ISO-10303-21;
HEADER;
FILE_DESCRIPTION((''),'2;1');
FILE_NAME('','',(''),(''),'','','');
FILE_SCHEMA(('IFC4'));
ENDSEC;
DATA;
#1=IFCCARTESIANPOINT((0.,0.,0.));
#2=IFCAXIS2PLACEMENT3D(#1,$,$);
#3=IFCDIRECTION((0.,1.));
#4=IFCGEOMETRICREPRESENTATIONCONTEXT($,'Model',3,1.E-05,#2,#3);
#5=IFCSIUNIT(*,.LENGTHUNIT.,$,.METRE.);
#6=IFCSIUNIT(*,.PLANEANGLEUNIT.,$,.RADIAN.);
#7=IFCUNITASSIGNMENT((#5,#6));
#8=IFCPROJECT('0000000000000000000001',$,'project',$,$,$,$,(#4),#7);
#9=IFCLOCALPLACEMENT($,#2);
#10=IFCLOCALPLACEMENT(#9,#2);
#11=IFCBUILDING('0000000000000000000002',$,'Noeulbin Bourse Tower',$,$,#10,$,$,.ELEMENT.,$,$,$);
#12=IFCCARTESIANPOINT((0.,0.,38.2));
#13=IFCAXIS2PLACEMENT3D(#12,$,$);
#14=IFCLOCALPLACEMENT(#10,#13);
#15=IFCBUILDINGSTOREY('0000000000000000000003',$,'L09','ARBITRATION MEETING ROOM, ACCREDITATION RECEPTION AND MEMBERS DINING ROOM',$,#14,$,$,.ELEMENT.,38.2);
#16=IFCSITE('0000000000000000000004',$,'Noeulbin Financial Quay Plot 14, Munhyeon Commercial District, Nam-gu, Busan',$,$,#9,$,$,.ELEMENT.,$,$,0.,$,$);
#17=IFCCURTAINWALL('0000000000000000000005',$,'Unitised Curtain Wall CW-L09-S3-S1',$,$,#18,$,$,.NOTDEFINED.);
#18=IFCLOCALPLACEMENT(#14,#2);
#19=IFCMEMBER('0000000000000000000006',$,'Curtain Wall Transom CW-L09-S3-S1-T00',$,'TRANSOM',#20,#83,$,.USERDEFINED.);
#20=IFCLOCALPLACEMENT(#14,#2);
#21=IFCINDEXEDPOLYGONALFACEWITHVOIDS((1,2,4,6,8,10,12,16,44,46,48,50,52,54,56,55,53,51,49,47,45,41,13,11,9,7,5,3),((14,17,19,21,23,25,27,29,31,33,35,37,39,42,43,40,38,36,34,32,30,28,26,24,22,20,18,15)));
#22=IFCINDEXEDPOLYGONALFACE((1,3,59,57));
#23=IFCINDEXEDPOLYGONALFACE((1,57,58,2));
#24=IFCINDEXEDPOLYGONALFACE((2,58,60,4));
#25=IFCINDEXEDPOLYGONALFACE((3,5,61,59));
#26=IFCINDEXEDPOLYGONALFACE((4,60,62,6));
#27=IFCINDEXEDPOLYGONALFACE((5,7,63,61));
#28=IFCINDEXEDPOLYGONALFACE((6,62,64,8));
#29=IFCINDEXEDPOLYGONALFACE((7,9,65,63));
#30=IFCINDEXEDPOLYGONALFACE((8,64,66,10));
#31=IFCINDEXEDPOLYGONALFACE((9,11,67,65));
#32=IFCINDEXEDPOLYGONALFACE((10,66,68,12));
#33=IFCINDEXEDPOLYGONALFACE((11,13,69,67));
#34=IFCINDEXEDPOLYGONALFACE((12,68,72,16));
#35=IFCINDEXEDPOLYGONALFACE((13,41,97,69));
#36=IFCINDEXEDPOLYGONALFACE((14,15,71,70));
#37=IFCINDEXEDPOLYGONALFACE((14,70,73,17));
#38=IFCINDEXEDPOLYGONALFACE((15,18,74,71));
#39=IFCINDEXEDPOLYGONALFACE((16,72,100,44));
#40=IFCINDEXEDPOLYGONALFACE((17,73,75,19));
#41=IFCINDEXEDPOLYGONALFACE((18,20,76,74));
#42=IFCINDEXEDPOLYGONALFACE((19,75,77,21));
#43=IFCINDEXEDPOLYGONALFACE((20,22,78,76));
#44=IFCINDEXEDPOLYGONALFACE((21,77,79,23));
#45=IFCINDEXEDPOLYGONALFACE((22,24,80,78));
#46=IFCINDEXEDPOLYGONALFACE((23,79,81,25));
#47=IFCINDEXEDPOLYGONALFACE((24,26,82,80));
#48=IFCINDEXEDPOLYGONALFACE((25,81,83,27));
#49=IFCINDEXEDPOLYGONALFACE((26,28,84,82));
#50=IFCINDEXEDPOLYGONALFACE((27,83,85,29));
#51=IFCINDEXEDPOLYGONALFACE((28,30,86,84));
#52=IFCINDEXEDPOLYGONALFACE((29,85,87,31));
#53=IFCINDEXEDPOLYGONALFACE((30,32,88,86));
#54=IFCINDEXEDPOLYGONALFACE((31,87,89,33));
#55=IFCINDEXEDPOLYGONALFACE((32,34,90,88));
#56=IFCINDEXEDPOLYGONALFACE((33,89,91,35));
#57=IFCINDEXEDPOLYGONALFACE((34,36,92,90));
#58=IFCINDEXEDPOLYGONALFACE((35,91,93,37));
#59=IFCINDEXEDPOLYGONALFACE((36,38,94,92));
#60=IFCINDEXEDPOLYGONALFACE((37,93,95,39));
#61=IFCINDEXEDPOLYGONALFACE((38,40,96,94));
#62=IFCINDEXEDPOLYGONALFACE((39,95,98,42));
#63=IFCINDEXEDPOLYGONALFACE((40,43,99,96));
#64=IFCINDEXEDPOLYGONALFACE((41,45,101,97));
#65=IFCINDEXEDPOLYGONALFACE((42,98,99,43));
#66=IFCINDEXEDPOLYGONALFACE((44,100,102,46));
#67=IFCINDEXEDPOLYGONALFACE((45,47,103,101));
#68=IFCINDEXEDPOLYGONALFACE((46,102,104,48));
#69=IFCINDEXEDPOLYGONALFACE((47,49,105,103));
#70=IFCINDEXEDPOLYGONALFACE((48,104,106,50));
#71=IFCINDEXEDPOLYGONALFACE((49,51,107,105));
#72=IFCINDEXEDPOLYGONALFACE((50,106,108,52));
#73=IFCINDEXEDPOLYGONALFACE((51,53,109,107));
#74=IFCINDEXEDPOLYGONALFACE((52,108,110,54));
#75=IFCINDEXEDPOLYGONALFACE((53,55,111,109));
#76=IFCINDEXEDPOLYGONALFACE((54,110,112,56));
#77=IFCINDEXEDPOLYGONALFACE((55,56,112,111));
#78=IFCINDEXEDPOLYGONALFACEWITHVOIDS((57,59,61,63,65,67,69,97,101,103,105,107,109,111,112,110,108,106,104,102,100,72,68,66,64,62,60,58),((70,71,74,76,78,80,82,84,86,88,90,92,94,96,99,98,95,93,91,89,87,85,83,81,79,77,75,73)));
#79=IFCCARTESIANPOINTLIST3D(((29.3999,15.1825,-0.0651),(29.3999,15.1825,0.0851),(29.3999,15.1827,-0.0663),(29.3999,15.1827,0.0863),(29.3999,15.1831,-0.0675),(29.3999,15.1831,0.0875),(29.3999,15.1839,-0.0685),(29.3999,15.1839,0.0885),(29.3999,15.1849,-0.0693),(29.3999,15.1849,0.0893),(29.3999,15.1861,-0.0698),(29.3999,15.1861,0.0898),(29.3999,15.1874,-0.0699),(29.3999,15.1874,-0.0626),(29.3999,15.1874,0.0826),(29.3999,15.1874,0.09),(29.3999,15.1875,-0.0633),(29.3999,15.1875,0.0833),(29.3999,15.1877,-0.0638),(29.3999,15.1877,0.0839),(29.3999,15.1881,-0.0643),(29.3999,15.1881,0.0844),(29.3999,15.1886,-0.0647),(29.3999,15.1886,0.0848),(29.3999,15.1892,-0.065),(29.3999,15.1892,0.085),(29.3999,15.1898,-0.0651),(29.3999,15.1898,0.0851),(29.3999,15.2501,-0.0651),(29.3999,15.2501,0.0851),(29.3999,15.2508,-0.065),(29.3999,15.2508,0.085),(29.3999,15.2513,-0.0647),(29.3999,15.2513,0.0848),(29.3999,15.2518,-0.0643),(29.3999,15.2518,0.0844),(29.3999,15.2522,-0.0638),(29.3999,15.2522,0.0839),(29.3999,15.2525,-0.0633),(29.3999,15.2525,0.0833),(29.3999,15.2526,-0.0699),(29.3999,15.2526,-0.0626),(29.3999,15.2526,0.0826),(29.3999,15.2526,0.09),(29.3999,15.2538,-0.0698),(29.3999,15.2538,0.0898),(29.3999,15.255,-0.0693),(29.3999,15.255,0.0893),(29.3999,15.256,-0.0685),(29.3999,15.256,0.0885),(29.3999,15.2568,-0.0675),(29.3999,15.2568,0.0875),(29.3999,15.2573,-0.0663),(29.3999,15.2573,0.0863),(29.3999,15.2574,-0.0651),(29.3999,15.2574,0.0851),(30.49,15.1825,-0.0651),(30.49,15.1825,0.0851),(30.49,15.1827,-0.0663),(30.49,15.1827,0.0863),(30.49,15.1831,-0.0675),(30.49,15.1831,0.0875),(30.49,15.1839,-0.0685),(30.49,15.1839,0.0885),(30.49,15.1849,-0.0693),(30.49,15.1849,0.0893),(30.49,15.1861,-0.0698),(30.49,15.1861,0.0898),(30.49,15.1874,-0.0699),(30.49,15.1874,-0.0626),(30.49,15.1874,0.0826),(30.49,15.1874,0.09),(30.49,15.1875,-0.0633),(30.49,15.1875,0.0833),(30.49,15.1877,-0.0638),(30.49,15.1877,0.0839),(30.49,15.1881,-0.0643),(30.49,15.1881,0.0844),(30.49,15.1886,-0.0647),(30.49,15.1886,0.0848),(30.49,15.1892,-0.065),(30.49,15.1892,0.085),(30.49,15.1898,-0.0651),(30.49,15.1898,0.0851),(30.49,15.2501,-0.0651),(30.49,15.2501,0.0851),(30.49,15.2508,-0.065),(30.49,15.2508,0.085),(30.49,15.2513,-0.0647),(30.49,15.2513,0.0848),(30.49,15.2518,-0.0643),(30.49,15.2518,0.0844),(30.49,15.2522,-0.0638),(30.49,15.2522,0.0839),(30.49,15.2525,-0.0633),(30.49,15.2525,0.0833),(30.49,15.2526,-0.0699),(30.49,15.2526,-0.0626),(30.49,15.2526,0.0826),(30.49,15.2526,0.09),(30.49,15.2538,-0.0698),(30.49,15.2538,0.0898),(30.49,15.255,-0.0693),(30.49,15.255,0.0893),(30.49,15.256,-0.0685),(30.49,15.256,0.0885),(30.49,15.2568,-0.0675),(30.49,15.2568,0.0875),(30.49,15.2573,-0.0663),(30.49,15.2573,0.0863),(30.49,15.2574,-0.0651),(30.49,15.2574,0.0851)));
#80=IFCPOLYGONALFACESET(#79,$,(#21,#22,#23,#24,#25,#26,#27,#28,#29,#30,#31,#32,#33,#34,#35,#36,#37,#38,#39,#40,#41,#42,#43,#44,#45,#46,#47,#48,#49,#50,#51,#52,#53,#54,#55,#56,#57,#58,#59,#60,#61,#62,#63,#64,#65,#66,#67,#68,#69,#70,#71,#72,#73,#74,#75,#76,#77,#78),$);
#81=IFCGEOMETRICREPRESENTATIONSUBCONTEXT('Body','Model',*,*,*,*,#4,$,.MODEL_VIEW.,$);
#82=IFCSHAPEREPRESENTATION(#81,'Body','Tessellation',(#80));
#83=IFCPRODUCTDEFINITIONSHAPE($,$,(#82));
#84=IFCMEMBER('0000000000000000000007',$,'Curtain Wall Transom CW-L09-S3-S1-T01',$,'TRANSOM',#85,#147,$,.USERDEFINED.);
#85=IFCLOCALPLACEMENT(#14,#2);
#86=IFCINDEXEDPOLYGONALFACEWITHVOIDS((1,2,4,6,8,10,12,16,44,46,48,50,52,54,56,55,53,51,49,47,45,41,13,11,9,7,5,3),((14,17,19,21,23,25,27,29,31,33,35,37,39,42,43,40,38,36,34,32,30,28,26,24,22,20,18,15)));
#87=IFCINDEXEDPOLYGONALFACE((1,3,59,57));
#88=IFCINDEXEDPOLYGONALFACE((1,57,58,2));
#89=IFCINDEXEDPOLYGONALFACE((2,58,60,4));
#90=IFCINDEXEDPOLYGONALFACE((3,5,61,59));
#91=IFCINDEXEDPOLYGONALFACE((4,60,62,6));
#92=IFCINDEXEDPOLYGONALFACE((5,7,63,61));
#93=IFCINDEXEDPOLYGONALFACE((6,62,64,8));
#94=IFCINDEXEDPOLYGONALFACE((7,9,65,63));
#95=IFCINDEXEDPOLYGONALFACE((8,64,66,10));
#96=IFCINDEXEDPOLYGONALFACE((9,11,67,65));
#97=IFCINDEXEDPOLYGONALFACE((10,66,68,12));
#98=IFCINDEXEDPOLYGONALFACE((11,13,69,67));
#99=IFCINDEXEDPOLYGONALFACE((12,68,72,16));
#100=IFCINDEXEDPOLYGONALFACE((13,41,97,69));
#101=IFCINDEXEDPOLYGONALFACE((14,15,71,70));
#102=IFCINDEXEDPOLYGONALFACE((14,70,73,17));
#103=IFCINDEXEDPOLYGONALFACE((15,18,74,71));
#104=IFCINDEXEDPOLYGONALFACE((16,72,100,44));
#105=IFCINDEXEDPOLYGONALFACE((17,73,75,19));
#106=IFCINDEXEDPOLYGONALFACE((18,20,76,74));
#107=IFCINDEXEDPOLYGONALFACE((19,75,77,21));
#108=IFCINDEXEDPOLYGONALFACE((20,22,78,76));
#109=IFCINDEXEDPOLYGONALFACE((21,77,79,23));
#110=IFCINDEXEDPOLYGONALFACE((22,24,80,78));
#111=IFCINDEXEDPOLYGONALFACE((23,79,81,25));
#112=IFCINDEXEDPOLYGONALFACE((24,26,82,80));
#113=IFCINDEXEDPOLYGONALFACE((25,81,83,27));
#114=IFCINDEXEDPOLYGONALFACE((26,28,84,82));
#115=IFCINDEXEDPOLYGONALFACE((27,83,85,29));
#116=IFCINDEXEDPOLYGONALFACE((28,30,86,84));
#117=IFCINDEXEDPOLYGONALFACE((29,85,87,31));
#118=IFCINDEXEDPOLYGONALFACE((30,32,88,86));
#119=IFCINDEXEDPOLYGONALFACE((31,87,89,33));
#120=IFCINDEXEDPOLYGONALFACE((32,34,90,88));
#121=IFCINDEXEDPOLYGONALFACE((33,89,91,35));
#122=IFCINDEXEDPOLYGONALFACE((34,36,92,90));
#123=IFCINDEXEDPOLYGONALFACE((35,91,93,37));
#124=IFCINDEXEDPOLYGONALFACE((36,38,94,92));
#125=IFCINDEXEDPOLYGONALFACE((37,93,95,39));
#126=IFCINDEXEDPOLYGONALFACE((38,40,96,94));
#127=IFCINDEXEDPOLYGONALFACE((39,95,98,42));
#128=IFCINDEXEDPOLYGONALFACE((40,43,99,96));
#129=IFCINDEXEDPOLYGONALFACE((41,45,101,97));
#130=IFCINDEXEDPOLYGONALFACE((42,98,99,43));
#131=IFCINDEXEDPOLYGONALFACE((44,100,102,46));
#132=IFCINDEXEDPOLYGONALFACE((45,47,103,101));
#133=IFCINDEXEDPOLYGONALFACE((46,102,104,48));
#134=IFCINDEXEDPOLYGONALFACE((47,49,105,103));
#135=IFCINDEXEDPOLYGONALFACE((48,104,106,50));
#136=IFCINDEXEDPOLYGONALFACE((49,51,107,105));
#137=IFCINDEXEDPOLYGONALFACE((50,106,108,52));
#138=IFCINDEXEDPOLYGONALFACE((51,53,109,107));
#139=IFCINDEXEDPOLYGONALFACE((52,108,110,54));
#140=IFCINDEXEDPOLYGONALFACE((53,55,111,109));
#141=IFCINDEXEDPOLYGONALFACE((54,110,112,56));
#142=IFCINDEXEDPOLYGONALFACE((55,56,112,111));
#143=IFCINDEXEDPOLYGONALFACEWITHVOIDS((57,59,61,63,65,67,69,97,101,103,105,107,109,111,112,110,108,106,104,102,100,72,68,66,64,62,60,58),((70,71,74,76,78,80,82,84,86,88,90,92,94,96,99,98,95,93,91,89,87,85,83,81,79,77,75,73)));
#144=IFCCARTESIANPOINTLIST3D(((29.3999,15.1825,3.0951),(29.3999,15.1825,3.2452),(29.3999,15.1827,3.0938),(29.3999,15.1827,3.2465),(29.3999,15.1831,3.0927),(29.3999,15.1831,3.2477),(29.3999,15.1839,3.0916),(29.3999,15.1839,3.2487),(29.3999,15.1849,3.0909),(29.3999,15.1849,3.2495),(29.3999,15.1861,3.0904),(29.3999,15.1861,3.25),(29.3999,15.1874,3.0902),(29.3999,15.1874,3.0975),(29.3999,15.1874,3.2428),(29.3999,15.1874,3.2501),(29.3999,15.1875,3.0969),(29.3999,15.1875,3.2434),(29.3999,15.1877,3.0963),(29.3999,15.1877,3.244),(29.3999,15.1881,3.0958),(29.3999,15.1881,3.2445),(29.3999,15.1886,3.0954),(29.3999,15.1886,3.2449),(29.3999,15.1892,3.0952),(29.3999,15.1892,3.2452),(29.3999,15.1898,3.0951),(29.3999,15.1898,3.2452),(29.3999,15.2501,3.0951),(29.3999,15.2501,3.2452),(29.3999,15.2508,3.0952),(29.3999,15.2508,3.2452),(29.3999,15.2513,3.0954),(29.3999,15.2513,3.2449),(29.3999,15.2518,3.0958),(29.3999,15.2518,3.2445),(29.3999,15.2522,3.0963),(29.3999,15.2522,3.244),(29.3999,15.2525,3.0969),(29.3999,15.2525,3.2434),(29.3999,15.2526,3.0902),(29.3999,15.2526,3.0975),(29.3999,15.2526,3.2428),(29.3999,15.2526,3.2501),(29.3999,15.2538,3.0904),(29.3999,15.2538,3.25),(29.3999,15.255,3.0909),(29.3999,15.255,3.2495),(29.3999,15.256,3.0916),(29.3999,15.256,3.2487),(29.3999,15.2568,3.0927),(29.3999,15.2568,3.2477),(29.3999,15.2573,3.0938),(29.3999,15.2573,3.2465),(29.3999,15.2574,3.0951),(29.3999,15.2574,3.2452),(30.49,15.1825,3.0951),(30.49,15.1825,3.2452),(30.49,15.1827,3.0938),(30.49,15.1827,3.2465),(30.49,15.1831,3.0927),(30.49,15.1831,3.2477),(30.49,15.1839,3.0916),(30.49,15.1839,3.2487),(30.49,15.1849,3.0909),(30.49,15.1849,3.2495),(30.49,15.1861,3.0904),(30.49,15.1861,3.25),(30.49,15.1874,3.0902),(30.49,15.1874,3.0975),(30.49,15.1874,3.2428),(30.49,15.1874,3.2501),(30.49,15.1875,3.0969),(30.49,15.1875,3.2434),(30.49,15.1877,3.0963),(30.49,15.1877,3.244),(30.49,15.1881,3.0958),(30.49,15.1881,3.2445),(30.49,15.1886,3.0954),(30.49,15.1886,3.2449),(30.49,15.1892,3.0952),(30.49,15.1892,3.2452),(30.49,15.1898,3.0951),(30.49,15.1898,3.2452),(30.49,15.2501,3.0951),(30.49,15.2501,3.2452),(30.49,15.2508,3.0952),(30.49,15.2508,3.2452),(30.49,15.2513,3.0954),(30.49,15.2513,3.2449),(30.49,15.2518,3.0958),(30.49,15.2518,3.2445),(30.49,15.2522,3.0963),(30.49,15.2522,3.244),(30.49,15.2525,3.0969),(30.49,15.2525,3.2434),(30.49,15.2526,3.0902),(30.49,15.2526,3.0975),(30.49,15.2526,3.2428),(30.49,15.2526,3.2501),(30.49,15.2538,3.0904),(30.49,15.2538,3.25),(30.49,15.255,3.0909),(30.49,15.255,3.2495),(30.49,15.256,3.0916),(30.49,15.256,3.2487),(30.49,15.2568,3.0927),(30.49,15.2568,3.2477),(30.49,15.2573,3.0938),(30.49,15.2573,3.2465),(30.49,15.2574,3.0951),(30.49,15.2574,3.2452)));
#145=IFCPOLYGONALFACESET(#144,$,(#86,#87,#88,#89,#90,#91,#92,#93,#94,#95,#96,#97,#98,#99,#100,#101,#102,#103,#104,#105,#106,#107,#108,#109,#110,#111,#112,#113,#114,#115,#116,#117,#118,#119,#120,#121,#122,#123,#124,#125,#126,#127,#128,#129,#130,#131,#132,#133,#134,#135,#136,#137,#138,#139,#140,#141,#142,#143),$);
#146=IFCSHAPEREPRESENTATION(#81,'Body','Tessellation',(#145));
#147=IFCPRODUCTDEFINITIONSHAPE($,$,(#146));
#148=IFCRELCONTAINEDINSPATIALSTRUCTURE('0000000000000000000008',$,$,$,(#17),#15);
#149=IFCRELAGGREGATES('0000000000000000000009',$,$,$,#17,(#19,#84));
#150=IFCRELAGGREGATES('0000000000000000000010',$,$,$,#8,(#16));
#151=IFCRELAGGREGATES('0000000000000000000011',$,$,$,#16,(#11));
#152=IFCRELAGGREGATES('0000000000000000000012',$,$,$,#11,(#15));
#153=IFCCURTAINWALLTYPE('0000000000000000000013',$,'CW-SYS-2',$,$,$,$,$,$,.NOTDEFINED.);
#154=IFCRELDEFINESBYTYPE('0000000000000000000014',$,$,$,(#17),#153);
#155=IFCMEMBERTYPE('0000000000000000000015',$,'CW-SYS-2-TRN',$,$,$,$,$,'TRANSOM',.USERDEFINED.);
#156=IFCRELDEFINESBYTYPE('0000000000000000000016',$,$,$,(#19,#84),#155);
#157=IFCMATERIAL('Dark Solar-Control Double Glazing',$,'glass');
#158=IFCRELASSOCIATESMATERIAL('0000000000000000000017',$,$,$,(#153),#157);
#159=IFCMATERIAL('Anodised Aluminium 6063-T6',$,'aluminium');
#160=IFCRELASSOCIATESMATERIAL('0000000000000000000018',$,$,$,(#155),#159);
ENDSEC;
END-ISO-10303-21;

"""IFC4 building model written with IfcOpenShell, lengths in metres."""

from ifc_helpers import new_model, si_unit, direction, frame, origin, origin_2d, place, context, subcontext, project, spatial, hollow_rectangle, extrude, material, material_profile, profile_set, type_object, element, aggregate, save


model = new_model("IFC4")

# Units and contexts
model_context = context("Model", 3, precision=1e-05, world=origin(), true_north=direction((0.0, 1.0)))
body_context = subcontext(model_context, "Body", "Model", "MODEL_VIEW")
ifc_project = project(units=[si_unit("LENGTHUNIT", "METRE"), si_unit("PLANEANGLEUNIT", "RADIAN")], contexts=[model_context])

# Site, building, storey
site_placement = place(None, origin())
site = spatial("IfcSite", under=ifc_project, at=site_placement, Name="Noeulbin Financial Quay Plot 14, Munhyeon Commercial District, Nam-gu, Busan", CompositionType="ELEMENT", RefElevation=0.0)
building_placement = place(site_placement, origin())
building = spatial("IfcBuilding", under=site, at=building_placement, Name="Noeulbin Bourse Tower", CompositionType="ELEMENT")
storey_placement = place(building_placement, frame((0.0, 0.0, 38.2)))
storey = spatial("IfcBuildingStorey", under=building, at=storey_placement, Name="L09", Description="ARBITRATION MEETING ROOM, ACCREDITATION RECEPTION AND MEMBERS DINING ROOM", CompositionType="ELEMENT", Elevation=38.2)

# Curtain wall
ifc_material_1 = material(Name="Dark Solar-Control Double Glazing", Category="glass")
curtain_wall_type = type_object("IfcCurtainWallType", Name="CW-SYS-2", PredefinedType="NOTDEFINED", material=ifc_material_1)
curtain_wall_1_placement = place(storey_placement, origin())
curtain_wall_1 = element("IfcCurtainWall", 1, at=curtain_wall_1_placement, inside=storey, type_object=curtain_wall_type, Name="Unitised Curtain Wall CW-L09-S3-S1", PredefinedType="NOTDEFINED")
ifc_material_2 = material(Name="Anodised Aluminium 6063-T6", Category="aluminium")

# Members
ifc_material_profile_1 = material_profile(ifc_material_2, hollow_rectangle(XDim=0.075, YDim=0.1599, WallThickness=0.0049, InnerFilletRadius=0.0024, OuterFilletRadius=0.0049, at=origin_2d()), Name="ALU-TRAN-75x160x5", Category="LoadBearing")
ifc_profile_set_1 = profile_set([ifc_material_profile_1], Name="Anodised Aluminium 6063-T6")
member_type_1 = type_object("IfcMemberType", Name="CW-SYS-2-TRN", ElementType="TRANSOM", PredefinedType="USERDEFINED", material=ifc_profile_set_1)
member_1_placement = place(storey_placement, frame((29.3999, 15.22, 0.01), z_axis=(1.0, 0.0, 0.0), x_axis=(0.0, 1.0, 0.0)))
member_1 = element("IfcMember", 2, at=member_1_placement, type_object=member_type_1, Name="Curtain Wall Transom CW-L09-S3-S1-T00", ObjectType="TRANSOM", PredefinedType="USERDEFINED", context=body_context, shape_type="SweptSolid", body=[
    extrude(hollow_rectangle(XDim=0.075, YDim=0.1599, WallThickness=0.0049, InnerFilletRadius=0.0024, OuterFilletRadius=0.0049, at=origin_2d()), origin(), (0.0, 0.0, 1.0), 1.0901),
])
member_2_placement = place(storey_placement, frame((29.3999, 15.22, 3.1702), z_axis=(1.0, 0.0, 0.0), x_axis=(0.0, 1.0, 0.0)))
member_2 = element("IfcMember", 3, at=member_2_placement, type_object=member_type_1, Name="Curtain Wall Transom CW-L09-S3-S1-T01", ObjectType="TRANSOM", PredefinedType="USERDEFINED", context=body_context, shape_type="SweptSolid", body=[
    extrude(hollow_rectangle(XDim=0.075, YDim=0.1599, WallThickness=0.0049, InnerFilletRadius=0.0024, OuterFilletRadius=0.0049, at=origin_2d()), origin(), (0.0, 0.0, 1.0), 1.0901),
])

aggregate(curtain_wall_1, [member_1, member_2])

save(model, "model.ifc")
